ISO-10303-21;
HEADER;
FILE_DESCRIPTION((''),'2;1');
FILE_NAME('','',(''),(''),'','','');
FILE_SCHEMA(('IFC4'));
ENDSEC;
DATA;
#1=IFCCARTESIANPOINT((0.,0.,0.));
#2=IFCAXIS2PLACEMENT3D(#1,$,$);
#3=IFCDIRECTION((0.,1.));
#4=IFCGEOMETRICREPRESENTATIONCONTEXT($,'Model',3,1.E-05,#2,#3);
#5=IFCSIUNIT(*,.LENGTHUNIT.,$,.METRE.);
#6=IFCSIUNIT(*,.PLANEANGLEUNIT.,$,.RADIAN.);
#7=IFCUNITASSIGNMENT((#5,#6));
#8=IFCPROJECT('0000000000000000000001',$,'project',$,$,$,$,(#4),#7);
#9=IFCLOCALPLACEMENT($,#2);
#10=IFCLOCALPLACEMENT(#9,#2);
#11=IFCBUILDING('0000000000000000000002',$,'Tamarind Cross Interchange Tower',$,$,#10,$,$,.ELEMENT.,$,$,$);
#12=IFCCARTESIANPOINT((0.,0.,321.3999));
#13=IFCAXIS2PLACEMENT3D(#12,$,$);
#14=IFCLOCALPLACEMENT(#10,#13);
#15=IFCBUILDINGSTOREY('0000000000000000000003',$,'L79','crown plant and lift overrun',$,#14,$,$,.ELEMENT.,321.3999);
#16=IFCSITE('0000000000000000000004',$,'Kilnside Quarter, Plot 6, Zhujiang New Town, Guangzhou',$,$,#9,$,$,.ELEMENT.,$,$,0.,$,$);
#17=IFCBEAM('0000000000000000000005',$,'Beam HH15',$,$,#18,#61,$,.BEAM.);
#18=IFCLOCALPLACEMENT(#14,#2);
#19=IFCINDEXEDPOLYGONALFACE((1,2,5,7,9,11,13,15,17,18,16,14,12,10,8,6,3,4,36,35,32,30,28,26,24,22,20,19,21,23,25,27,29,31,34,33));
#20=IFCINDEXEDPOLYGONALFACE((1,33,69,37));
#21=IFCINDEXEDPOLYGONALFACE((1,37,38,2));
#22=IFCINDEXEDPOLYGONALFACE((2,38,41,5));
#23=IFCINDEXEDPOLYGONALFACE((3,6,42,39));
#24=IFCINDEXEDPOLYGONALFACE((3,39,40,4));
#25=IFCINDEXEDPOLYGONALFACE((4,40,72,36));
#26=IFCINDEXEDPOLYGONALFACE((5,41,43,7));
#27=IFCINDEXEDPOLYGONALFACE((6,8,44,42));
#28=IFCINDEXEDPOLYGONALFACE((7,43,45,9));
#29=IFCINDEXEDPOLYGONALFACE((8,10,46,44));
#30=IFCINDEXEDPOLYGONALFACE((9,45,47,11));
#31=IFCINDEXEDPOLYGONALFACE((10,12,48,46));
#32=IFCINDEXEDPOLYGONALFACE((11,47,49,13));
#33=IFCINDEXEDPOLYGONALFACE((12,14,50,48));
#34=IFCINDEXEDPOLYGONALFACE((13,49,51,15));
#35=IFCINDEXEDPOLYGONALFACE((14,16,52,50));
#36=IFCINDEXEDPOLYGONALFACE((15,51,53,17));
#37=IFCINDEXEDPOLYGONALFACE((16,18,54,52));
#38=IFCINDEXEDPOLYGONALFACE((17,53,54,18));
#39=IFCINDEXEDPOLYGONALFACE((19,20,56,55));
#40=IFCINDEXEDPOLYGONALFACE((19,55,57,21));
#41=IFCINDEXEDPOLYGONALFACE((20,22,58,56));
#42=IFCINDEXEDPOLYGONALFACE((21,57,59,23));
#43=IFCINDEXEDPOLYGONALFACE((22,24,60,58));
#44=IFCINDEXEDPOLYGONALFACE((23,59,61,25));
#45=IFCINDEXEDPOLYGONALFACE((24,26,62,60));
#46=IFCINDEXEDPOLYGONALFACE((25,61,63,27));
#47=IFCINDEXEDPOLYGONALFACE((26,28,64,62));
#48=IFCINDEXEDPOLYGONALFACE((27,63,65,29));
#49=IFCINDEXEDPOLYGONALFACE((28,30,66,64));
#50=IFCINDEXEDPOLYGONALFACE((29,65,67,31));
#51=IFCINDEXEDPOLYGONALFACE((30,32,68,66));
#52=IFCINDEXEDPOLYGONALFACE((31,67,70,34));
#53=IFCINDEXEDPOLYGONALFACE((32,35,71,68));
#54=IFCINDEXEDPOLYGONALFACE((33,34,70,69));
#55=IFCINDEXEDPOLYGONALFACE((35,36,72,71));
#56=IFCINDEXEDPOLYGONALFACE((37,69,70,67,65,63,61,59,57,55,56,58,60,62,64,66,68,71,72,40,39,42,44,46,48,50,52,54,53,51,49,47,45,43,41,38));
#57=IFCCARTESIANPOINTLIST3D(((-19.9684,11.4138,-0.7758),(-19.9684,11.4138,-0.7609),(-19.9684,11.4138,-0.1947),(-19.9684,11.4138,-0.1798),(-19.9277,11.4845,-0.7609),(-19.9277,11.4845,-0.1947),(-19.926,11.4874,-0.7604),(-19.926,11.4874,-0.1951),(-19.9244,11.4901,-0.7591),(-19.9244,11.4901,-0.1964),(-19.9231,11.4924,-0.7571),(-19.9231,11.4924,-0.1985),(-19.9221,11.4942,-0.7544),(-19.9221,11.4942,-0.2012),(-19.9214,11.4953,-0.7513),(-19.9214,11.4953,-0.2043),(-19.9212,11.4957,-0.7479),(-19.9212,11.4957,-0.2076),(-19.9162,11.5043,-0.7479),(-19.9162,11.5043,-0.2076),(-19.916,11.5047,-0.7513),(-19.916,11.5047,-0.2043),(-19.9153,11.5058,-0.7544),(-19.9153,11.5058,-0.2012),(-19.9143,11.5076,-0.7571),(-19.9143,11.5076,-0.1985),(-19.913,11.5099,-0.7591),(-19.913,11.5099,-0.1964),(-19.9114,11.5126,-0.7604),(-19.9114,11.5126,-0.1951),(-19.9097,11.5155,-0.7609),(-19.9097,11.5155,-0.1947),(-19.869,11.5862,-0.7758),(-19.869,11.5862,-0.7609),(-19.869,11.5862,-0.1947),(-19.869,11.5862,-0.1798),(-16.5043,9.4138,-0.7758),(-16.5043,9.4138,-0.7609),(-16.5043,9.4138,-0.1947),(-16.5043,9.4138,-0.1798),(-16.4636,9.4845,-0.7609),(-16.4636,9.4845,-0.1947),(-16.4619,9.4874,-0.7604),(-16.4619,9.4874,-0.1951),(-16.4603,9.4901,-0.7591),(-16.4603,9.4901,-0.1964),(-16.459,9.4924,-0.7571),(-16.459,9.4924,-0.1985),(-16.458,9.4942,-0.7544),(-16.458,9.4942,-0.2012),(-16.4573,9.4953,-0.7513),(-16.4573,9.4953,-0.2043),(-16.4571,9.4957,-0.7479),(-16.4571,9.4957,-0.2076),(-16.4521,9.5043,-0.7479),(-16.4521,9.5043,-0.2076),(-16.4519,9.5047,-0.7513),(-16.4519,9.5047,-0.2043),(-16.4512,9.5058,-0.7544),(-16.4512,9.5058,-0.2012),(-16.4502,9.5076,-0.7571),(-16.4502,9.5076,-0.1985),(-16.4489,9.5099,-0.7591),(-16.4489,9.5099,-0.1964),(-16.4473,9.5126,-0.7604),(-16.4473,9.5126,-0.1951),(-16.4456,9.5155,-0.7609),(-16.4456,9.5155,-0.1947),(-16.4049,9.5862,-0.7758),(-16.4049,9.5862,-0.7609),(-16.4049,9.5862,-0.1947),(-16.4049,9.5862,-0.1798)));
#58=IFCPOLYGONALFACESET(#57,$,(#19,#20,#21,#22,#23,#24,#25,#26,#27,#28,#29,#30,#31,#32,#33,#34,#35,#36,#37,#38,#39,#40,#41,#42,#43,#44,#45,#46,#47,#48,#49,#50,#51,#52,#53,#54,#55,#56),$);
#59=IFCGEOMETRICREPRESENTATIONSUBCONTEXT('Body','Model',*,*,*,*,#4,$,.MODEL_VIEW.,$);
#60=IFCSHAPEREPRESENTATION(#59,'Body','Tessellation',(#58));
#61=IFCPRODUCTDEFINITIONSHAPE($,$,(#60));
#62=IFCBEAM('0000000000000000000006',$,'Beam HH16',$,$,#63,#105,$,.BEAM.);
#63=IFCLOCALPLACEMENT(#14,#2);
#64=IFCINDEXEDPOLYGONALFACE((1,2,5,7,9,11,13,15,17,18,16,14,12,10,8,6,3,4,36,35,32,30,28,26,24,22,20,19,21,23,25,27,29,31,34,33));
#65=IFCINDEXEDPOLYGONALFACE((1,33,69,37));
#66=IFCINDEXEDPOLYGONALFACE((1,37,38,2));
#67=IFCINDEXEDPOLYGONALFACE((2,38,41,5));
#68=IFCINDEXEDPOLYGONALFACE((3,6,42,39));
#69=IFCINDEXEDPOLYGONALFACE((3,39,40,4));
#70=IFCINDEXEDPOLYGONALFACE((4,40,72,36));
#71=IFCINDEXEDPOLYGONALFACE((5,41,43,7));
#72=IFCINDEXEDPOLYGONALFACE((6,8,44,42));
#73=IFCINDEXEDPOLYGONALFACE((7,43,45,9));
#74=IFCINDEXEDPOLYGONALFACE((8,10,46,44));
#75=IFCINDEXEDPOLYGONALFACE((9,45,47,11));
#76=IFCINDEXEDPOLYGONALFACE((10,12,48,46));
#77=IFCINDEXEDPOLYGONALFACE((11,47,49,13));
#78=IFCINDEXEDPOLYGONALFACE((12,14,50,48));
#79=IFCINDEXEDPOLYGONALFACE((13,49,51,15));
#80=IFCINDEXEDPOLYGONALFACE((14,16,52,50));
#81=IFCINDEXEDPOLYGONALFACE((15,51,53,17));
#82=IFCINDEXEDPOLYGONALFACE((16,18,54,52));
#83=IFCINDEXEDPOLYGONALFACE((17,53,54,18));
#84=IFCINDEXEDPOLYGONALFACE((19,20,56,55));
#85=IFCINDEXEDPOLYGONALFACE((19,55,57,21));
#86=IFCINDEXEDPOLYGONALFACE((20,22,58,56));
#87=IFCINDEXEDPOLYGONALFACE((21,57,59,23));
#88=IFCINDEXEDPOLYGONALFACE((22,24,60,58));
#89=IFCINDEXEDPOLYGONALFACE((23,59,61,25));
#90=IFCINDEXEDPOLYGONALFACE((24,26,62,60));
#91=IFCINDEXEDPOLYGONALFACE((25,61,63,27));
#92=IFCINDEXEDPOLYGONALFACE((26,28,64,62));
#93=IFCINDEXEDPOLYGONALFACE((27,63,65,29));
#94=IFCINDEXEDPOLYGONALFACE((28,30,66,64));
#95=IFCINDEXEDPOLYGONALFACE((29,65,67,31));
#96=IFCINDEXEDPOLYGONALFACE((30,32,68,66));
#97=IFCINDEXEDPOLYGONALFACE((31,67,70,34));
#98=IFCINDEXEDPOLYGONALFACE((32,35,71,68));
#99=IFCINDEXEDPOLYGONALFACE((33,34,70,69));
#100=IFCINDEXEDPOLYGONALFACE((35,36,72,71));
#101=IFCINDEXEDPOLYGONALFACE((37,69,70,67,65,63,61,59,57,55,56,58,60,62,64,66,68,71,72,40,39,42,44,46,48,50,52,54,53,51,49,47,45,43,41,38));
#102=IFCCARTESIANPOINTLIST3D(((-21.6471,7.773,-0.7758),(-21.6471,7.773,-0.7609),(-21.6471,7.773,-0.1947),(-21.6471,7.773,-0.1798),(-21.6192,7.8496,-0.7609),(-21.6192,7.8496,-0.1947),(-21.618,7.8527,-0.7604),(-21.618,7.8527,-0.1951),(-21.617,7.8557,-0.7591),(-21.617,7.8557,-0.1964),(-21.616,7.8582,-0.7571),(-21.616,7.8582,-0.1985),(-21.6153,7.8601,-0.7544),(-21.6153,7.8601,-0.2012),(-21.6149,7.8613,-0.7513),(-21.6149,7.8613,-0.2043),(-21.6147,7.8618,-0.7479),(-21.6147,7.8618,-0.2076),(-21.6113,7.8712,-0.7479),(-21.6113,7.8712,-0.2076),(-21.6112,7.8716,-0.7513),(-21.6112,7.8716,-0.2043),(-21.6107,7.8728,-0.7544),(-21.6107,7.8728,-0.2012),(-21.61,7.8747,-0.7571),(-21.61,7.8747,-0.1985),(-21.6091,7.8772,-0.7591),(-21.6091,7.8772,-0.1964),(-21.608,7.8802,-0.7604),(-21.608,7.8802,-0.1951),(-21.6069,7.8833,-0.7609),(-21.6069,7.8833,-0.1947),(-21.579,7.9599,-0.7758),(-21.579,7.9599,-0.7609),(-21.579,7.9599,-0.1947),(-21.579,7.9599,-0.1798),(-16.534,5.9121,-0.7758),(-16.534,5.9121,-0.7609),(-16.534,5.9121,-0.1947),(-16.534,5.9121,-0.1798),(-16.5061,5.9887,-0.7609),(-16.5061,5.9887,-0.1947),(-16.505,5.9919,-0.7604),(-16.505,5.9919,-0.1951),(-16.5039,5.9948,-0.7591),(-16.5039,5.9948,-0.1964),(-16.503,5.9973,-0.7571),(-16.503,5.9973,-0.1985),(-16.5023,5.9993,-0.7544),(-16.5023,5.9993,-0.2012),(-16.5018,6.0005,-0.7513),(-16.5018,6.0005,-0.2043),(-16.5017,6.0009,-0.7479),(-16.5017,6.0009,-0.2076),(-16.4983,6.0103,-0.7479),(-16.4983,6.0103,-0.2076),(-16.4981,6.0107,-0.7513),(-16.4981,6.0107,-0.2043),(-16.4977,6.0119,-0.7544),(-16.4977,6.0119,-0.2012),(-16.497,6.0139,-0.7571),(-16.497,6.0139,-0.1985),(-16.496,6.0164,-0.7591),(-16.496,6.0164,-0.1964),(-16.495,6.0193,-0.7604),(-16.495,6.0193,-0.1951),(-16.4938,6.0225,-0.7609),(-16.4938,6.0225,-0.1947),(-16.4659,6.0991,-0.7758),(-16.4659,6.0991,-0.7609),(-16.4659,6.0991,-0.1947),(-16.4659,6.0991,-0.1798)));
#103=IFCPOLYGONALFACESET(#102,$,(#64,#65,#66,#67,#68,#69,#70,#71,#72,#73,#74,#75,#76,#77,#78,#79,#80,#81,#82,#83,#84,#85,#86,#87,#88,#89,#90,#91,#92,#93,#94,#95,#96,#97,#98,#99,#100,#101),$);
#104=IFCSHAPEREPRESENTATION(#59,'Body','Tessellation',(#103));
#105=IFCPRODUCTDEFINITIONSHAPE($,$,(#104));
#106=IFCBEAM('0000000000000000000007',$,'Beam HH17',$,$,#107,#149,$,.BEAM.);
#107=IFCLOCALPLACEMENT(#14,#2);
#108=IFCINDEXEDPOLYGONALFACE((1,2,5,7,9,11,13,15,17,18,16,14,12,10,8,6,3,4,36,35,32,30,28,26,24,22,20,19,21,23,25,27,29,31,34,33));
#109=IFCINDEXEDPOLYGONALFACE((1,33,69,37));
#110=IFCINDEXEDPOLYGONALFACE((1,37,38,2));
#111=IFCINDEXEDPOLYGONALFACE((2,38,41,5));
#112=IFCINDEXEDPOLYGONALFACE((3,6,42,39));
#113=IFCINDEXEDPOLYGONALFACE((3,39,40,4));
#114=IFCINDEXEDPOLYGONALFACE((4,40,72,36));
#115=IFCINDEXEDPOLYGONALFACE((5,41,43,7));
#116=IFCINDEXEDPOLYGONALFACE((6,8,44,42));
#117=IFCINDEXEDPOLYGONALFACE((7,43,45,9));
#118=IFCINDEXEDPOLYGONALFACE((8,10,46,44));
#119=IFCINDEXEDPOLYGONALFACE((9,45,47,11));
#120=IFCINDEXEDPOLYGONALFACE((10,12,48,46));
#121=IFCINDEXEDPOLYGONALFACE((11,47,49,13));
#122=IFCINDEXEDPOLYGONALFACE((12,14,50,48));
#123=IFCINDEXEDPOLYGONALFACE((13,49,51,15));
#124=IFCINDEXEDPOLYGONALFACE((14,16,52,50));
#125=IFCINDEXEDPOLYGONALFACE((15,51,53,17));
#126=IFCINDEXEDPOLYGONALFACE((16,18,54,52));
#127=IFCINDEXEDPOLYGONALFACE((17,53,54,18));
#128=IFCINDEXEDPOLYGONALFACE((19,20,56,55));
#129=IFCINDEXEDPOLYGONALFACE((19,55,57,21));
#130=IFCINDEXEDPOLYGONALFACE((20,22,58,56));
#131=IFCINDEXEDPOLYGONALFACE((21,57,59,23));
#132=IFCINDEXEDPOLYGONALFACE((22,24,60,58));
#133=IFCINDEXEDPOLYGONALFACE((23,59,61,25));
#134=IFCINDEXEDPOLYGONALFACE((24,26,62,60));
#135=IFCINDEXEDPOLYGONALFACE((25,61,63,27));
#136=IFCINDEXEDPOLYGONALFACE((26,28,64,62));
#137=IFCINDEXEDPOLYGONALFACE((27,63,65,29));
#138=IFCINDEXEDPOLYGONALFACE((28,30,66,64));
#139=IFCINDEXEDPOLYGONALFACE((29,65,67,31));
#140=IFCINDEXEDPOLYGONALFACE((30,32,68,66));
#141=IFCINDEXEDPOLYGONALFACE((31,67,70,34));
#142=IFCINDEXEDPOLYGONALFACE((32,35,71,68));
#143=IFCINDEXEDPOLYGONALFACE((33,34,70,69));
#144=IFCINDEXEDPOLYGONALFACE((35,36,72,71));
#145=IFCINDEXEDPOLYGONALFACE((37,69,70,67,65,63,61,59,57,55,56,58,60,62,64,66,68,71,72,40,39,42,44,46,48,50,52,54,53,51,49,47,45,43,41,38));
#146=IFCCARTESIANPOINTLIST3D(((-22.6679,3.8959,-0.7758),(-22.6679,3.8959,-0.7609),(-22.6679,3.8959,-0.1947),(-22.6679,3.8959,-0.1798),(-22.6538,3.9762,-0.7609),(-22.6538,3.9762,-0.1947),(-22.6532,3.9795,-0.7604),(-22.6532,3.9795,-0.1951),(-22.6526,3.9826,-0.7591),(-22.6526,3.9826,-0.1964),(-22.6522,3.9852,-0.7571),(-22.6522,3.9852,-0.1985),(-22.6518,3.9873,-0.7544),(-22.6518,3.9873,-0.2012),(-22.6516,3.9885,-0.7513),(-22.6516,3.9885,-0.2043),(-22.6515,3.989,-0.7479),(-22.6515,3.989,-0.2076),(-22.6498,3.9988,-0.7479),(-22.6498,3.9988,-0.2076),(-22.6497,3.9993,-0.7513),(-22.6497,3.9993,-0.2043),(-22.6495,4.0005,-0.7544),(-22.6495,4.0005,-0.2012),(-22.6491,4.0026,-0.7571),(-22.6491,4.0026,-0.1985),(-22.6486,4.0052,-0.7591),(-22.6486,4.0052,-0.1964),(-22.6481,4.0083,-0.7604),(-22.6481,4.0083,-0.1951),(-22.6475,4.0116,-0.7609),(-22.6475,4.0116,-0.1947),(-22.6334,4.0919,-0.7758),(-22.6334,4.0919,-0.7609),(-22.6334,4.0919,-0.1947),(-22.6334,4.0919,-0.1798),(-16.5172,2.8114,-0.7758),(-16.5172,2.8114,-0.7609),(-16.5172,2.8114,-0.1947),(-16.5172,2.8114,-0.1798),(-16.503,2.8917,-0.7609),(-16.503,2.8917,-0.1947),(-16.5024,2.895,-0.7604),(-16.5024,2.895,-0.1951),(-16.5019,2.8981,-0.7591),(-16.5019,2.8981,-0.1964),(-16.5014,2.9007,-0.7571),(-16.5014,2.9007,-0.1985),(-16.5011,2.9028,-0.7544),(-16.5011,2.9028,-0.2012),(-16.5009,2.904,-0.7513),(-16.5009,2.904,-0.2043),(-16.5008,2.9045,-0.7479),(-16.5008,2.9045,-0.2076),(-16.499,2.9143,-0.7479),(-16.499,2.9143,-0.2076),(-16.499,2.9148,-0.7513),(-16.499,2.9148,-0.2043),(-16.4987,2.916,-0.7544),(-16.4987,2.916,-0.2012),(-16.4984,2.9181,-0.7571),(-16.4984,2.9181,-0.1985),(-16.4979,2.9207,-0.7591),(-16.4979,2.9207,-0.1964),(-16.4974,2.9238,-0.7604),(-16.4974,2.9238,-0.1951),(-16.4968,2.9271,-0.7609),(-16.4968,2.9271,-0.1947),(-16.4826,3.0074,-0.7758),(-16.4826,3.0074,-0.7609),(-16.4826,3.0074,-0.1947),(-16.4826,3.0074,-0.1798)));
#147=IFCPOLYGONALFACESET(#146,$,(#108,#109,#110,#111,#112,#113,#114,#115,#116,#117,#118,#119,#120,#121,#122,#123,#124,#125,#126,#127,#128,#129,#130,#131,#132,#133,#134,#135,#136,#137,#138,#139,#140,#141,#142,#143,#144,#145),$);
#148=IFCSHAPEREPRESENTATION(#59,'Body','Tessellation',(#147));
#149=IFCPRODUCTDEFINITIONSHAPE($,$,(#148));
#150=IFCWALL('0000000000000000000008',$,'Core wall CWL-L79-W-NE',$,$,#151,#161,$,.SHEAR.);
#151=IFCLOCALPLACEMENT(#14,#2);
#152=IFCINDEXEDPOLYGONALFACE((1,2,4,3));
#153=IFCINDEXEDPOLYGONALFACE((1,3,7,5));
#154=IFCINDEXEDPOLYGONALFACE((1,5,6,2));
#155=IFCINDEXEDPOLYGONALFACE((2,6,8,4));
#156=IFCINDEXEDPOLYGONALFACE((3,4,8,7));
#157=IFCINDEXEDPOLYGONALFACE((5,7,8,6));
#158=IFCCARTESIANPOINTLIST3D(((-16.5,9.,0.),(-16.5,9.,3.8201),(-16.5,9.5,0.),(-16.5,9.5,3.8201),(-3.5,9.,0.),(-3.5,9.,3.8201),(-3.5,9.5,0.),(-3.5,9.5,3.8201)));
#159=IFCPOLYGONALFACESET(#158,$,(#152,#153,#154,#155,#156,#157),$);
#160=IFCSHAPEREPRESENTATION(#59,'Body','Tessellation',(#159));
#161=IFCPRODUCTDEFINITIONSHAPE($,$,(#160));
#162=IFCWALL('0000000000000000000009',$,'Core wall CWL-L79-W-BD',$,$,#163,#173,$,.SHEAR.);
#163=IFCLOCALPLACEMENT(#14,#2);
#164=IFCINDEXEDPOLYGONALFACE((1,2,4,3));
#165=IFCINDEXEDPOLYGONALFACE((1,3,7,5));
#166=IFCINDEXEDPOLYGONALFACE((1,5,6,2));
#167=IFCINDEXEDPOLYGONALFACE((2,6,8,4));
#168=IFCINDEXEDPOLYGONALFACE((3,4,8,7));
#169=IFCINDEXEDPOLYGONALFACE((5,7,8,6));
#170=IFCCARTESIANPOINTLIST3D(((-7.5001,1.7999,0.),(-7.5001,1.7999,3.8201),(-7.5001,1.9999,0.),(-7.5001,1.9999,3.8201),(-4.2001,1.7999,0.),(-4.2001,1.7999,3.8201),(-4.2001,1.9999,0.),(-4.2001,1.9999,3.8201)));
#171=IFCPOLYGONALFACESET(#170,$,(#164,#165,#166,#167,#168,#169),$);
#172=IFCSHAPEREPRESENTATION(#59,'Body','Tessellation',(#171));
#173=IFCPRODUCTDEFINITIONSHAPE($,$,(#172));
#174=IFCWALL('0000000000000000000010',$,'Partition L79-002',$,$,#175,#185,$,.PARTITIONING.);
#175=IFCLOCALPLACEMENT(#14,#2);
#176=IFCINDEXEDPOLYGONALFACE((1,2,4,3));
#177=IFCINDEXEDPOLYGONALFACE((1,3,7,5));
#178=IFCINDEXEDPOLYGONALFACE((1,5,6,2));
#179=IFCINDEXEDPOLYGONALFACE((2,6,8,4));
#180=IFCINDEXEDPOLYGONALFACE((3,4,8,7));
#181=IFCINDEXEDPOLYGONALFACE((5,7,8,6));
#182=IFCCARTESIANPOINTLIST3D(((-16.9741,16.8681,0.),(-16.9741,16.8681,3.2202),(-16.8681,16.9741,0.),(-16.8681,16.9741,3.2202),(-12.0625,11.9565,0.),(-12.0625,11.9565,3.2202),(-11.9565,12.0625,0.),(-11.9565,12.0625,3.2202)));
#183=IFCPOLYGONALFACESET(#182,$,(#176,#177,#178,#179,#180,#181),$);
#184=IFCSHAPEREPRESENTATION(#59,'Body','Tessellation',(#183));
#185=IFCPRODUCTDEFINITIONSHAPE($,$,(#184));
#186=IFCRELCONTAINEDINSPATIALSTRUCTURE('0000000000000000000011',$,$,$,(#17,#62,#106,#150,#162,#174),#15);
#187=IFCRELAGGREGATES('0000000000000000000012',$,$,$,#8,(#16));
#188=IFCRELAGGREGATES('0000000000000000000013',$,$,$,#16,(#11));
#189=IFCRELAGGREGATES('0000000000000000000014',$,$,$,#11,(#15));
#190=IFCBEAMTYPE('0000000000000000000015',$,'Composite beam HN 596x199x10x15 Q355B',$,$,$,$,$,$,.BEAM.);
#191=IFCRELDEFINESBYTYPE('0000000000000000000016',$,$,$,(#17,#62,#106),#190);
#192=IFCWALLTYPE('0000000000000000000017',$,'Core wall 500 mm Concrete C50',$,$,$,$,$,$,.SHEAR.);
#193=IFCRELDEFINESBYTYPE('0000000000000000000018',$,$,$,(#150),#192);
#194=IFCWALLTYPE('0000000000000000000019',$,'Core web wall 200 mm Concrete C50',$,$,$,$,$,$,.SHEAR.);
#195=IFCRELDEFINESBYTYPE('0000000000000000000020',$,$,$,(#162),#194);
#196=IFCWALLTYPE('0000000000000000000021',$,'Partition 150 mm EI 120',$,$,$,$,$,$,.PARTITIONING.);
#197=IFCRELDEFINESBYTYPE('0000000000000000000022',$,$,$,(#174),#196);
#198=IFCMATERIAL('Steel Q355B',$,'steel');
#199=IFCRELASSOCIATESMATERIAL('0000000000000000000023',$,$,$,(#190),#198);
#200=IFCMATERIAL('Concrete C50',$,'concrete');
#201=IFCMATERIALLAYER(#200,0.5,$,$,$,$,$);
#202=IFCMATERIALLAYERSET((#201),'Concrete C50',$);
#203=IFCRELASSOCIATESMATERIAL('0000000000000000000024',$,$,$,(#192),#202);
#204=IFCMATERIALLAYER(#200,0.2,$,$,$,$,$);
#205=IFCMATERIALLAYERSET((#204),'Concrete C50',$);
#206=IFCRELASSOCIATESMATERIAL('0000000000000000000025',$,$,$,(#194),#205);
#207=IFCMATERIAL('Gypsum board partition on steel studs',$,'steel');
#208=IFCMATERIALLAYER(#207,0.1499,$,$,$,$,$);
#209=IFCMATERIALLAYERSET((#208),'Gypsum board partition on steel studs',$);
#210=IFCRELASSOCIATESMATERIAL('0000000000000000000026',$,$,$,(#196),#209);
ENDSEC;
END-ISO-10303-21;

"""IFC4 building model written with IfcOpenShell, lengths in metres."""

from ifc_helpers import new_model, si_unit, direction, frame, frame_2d, origin, origin_2d, place, context, subcontext, project, spatial, rectangle, i_section, extrude, material, layer, layer_set, material_profile, profile_set, type_object, element, save


model = new_model("IFC4")

# Units and contexts
model_context = context("Model", 3, precision=1e-05, world=origin(), true_north=direction((0.0, 1.0)))
body_context = subcontext(model_context, "Body", "Model", "MODEL_VIEW")
ifc_project = project(units=[si_unit("LENGTHUNIT", "METRE"), si_unit("PLANEANGLEUNIT", "RADIAN")], contexts=[model_context])

# Site, building, storey
site_placement = place(None, origin())
site = spatial("IfcSite", under=ifc_project, at=site_placement, Name="Kilnside Quarter, Plot 6, Zhujiang New Town, Guangzhou", CompositionType="ELEMENT", RefElevation=0.0)
building_placement = place(site_placement, origin())
building = spatial("IfcBuilding", under=site, at=building_placement, Name="Tamarind Cross Interchange Tower", CompositionType="ELEMENT")
storey_placement = place(building_placement, frame((0.0, 0.0, 321.3999)))
storey = spatial("IfcBuildingStorey", under=building, at=storey_placement, Name="L79", Description="crown plant and lift overrun", CompositionType="ELEMENT", Elevation=321.3999)

# Beams
ifc_material_1 = material(Name="Steel Q355B", Category="steel")
ifc_material_profile_1 = material_profile(ifc_material_1, i_section(OverallWidth=0.199, OverallDepth=0.5959, WebThickness=0.01, FlangeThickness=0.0149, FilletRadius=0.0129, at=origin_2d()), Name="HN 596x199x10x15")
ifc_profile_set_1 = profile_set([ifc_material_profile_1], Name="Steel Q355B")
beam_type_1 = type_object("IfcBeamType", Name="Composite beam HN 596x199x10x15 Q355B", PredefinedType="BEAM", material=ifc_profile_set_1)
beam_1_placement = place(storey_placement, frame((-19.9187, 11.5, -0.4778), z_axis=(0.866026, -0.499999, 0.0), x_axis=(0.499999, 0.866026, 0.0)))
element("IfcBeam", 1, at=beam_1_placement, inside=storey, type_object=beam_type_1, Name="Beam HH15", PredefinedType="BEAM", context=body_context, shape_type="SweptSolid", body=[
    extrude(i_section(OverallWidth=0.199, OverallDepth=0.5959, WebThickness=0.01, FlangeThickness=0.0149, FilletRadius=0.0129, at=origin_2d()), origin(), (0.0, 0.0, 1.0), 4.0),
])
beam_2_placement = place(storey_placement, frame((-21.613, 7.8665, -0.4778), z_axis=(0.939702, -0.341995, 0.0), x_axis=(0.341995, 0.939702, 0.0)))
element("IfcBeam", 2, at=beam_2_placement, inside=storey, type_object=beam_type_1, Name="Beam HH16", PredefinedType="BEAM", context=body_context, shape_type="SweptSolid", body=[
    extrude(i_section(OverallWidth=0.199, OverallDepth=0.5959, WebThickness=0.01, FlangeThickness=0.0149, FilletRadius=0.0129, at=origin_2d()), origin(), (0.0, 0.0, 1.0), 5.4412),
])
beam_3_placement = place(storey_placement, frame((-22.6506, 3.9939, -0.4778), z_axis=(0.984809, -0.17364, 0.0), x_axis=(0.17364, 0.984809, 0.0)))
element("IfcBeam", 3, at=beam_3_placement, inside=storey, type_object=beam_type_1, Name="Beam HH17", PredefinedType="BEAM", context=body_context, shape_type="SweptSolid", body=[
    extrude(i_section(OverallWidth=0.199, OverallDepth=0.5959, WebThickness=0.01, FlangeThickness=0.0149, FilletRadius=0.0129, at=origin_2d()), origin(), (0.0, 0.0, 1.0), 6.2456),
])

# Walls
ifc_material_2 = material(Name="Concrete C50", Category="concrete")
ifc_layer_1 = layer(ifc_material_2, 0.5)
ifc_layer_set_1 = layer_set([ifc_layer_1], Name="Concrete C50")
wall_type_1 = type_object("IfcWallType", Name="Core wall 500 mm Concrete C50", PredefinedType="SHEAR", material=ifc_layer_set_1)
wall_1_placement = place(storey_placement, frame((-16.5, 9.25, 0.0), z_axis=(0.0, 0.0, 1.0), x_axis=(1.0, 0.0, 0.0)))
element("IfcWall", 4, at=wall_1_placement, inside=storey, type_object=wall_type_1, Name="Core wall CWL-L79-W-NE", PredefinedType="SHEAR", context=body_context, shape_type="SweptSolid", body=[
    extrude(rectangle(XDim=13.0, YDim=0.5, at=frame_2d((6.5, 0.0))), origin(), (0.0, 0.0, 1.0), 3.8201),
])
ifc_layer_2 = layer(ifc_material_2, 0.2)
ifc_layer_set_2 = layer_set([ifc_layer_2], Name="Concrete C50")
wall_type_2 = type_object("IfcWallType", Name="Core web wall 200 mm Concrete C50", PredefinedType="SHEAR", material=ifc_layer_set_2)
wall_2_placement = place(storey_placement, frame((-7.5, 1.8999, 0.0), z_axis=(0.0, 0.0, 1.0), x_axis=(1.0, 0.0, 0.0)))
element("IfcWall", 5, at=wall_2_placement, inside=storey, type_object=wall_type_2, Name="Core wall CWL-L79-W-BD", PredefinedType="SHEAR", context=body_context, shape_type="SweptSolid", body=[
    extrude(rectangle(XDim=3.3, YDim=0.2, at=frame_2d((1.6499, 0.0))), origin(), (0.0, 0.0, 1.0), 3.8201),
])
ifc_material_3 = material(Name="Gypsum board partition on steel studs", Category="steel")
ifc_layer_3 = layer(ifc_material_3, 0.1499)
ifc_layer_set_3 = layer_set([ifc_layer_3], Name="Gypsum board partition on steel studs")
wall_type_3 = type_object("IfcWallType", Name="Partition 150 mm EI 120", PredefinedType="PARTITIONING", material=ifc_layer_set_3)
wall_3_placement = place(storey_placement, frame((-16.9211, 16.9211, 0.0), z_axis=(0.0, 0.0, 1.0), x_axis=(0.707107, -0.707107, 0.0)))
element("IfcWall", 6, at=wall_3_placement, inside=storey, type_object=wall_type_3, Name="Partition L79-002", PredefinedType="PARTITIONING", context=body_context, shape_type="SweptSolid", body=[
    extrude(rectangle(XDim=6.946, YDim=0.1499, at=frame_2d((3.4731, 0.0))), origin(), (0.0, 0.0, 1.0), 3.2202),
])

save(model, "model.ifc")
